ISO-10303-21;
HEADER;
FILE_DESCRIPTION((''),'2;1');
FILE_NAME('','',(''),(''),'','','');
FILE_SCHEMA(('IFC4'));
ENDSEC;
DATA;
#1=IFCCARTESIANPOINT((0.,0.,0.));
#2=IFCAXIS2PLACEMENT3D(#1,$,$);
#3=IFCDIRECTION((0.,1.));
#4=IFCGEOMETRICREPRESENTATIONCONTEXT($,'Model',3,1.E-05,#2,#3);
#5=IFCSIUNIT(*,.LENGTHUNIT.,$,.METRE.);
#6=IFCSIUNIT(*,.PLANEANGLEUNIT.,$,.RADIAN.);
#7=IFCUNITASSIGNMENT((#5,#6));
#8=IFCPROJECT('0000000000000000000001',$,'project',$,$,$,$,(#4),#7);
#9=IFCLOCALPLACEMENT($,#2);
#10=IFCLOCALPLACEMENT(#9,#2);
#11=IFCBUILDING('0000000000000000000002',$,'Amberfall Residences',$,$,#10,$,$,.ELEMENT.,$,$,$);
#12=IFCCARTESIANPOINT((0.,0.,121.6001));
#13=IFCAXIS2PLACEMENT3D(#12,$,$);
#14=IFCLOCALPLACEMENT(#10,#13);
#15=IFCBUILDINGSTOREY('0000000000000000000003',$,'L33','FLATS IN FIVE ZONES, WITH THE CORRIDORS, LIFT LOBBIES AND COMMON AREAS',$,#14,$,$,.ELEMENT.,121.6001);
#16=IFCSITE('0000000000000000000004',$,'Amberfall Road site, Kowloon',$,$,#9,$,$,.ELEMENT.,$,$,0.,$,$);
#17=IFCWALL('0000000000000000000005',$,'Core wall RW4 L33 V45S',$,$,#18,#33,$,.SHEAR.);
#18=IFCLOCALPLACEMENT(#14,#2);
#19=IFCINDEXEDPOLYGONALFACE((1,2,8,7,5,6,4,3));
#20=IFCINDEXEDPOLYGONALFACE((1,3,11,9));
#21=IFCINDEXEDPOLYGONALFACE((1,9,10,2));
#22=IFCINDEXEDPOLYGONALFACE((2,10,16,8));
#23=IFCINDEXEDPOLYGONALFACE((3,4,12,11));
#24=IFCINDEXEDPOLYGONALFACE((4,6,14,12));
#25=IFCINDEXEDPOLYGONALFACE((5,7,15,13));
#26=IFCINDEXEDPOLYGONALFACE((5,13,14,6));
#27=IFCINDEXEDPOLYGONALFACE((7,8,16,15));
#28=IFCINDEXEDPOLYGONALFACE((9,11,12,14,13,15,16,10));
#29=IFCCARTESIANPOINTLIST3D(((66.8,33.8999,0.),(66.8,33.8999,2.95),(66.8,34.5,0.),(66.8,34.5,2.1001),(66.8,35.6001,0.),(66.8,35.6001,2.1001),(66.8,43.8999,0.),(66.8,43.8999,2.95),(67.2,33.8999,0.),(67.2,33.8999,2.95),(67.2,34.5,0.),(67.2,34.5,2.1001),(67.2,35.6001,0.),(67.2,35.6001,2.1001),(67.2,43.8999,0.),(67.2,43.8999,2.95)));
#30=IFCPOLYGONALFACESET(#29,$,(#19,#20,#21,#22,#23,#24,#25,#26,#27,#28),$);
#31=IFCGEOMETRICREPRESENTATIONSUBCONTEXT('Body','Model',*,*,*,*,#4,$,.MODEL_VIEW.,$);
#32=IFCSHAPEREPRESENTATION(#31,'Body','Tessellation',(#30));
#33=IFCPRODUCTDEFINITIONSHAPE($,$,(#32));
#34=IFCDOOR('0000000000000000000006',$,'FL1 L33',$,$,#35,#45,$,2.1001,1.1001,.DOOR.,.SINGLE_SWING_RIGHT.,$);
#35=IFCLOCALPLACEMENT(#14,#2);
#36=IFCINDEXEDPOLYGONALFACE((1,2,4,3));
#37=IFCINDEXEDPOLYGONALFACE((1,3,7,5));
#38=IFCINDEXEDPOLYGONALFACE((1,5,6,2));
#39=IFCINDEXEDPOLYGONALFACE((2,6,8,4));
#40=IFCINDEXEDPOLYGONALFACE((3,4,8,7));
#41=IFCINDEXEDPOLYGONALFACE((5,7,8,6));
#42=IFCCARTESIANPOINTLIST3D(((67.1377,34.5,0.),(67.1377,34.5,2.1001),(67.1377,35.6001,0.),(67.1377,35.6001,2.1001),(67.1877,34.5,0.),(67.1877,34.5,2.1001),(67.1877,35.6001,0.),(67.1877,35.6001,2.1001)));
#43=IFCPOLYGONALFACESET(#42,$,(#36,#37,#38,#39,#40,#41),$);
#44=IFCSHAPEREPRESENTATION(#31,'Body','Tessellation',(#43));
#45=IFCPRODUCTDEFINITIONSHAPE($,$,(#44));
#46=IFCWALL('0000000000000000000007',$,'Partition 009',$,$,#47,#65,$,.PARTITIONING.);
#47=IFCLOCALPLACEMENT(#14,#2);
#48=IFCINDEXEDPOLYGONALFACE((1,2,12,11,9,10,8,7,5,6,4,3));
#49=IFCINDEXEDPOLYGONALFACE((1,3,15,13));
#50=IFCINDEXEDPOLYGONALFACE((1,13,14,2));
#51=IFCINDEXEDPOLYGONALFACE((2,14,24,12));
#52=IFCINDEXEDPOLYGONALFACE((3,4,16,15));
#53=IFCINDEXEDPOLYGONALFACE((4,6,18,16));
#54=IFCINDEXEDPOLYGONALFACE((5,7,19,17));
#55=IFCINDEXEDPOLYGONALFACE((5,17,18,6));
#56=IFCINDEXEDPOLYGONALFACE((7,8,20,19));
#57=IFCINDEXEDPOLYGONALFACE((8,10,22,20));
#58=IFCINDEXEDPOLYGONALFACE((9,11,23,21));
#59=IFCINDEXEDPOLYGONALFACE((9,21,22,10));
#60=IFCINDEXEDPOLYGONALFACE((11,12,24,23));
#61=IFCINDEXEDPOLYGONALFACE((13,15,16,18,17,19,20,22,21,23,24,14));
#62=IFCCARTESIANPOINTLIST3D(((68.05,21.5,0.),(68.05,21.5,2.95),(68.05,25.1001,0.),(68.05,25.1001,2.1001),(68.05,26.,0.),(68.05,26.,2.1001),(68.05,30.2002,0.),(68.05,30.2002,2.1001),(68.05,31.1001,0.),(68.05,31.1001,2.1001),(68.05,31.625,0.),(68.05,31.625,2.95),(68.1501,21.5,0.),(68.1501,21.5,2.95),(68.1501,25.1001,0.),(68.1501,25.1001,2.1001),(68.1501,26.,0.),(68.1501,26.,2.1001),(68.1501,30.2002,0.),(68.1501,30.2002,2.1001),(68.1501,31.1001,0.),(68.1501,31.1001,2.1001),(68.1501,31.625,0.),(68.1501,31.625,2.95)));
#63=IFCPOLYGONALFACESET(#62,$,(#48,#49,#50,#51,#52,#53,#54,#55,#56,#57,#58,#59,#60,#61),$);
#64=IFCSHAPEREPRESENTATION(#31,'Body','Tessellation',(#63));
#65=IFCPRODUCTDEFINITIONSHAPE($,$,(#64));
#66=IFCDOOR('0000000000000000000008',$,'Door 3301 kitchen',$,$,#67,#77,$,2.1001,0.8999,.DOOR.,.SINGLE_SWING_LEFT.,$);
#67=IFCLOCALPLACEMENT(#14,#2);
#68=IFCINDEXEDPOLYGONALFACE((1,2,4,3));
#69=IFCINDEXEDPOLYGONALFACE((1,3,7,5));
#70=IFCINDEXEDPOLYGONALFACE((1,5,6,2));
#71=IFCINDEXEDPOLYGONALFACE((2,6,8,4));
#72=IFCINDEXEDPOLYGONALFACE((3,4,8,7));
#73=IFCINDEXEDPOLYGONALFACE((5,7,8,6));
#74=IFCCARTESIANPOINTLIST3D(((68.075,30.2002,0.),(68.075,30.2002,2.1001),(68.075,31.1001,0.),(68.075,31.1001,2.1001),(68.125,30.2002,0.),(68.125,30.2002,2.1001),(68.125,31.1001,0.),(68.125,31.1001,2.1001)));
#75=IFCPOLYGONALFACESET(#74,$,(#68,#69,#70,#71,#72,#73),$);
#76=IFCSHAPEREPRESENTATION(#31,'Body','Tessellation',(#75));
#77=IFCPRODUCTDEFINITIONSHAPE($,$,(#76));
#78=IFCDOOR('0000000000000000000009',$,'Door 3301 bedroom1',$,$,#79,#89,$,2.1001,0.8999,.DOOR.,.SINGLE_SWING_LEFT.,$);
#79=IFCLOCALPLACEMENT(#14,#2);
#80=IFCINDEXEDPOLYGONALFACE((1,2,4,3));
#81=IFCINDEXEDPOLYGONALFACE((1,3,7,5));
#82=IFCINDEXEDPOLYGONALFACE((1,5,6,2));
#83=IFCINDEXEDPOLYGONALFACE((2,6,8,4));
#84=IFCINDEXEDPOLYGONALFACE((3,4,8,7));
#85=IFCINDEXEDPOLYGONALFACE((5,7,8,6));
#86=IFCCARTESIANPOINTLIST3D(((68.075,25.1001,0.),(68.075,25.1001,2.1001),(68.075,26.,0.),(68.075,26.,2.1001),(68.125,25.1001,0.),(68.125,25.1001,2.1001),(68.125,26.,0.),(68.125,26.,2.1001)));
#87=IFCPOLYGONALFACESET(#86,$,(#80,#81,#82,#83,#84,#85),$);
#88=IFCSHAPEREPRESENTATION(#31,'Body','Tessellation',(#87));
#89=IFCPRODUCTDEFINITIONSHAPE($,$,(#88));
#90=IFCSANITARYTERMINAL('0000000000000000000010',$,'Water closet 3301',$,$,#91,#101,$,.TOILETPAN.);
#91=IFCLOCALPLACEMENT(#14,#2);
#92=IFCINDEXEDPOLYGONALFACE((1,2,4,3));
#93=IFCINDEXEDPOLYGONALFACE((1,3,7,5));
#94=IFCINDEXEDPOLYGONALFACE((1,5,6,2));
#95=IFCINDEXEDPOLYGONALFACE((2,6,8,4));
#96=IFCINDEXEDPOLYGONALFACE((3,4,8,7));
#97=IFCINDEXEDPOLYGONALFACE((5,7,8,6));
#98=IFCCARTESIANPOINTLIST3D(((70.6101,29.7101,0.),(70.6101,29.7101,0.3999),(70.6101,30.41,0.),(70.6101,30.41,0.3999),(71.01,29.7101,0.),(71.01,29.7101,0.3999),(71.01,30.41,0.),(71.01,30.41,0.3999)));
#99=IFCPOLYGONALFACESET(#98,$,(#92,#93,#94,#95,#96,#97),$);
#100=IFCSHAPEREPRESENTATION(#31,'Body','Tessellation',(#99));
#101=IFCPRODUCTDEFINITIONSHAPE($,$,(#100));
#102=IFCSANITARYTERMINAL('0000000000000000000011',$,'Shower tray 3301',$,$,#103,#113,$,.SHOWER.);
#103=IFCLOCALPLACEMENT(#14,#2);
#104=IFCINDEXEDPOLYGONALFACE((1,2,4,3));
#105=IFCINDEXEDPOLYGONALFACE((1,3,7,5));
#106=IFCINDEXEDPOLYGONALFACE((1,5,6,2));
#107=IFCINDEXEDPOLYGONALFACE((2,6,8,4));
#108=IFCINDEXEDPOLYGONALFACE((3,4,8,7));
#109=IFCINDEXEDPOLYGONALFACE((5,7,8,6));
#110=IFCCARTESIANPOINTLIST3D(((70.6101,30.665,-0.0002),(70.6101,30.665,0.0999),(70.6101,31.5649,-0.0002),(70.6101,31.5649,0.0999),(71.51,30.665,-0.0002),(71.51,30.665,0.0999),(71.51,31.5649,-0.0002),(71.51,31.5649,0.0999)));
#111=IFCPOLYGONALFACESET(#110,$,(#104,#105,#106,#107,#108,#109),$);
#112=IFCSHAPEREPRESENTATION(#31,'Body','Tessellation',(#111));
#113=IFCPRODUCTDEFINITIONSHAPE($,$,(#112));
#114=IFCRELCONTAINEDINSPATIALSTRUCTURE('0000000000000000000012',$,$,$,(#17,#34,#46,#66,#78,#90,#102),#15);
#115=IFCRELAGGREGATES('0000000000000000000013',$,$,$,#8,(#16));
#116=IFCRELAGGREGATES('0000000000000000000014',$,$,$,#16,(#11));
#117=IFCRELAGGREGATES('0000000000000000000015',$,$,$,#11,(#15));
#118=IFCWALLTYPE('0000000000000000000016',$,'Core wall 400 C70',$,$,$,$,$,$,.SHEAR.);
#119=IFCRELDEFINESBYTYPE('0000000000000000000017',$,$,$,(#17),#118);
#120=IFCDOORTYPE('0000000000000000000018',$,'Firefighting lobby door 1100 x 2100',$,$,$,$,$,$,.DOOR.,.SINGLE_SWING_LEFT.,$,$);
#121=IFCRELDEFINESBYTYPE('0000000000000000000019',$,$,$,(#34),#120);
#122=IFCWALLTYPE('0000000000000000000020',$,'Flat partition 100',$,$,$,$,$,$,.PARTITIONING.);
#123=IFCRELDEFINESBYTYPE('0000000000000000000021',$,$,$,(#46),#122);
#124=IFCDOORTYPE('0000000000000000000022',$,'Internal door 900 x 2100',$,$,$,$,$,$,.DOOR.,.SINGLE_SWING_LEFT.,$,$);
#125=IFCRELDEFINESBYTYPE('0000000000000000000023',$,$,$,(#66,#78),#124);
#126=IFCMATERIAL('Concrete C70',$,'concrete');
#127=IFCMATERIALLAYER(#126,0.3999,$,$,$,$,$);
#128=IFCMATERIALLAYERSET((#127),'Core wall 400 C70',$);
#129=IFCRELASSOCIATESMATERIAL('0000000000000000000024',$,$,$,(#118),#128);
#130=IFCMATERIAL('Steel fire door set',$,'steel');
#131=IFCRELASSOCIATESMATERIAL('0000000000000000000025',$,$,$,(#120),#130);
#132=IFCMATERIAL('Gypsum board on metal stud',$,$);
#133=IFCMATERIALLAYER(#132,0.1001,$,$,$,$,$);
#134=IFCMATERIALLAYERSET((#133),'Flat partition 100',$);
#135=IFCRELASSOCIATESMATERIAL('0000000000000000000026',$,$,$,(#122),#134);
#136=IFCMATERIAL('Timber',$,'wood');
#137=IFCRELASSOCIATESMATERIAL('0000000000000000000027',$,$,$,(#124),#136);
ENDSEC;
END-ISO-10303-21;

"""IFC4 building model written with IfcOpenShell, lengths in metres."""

from ifc_helpers import new_model, si_unit, direction, frame, frame_2d, origin, origin_2d, place, context, subcontext, project, spatial, rectangle, extrude, material, layer, layer_set, type_object, element, fill, save


model = new_model("IFC4")

# Units and contexts
model_context = context("Model", 3, precision=1e-05, world=origin(), true_north=direction((0.0, 1.0)))
body_context = subcontext(model_context, "Body", "Model", "MODEL_VIEW")
ifc_project = project(units=[si_unit("LENGTHUNIT", "METRE"), si_unit("PLANEANGLEUNIT", "RADIAN")], contexts=[model_context])

# Site, building, storey
site_placement = place(None, origin())
site = spatial("IfcSite", under=ifc_project, at=site_placement, Name="Amberfall Road site, Kowloon", CompositionType="ELEMENT", RefElevation=0.0)
building_placement = place(site_placement, origin())
building = spatial("IfcBuilding", under=site, at=building_placement, Name="Amberfall Residences", CompositionType="ELEMENT")
storey_placement = place(building_placement, frame((0.0, 0.0, 121.6001)))
storey = spatial("IfcBuildingStorey", under=building, at=storey_placement, Name="L33", Description="FLATS IN FIVE ZONES, WITH THE CORRIDORS, LIFT LOBBIES AND COMMON AREAS", CompositionType="ELEMENT", Elevation=121.6001)

# Wall, opening, door
ifc_material_1 = material(Name="Concrete C70", Category="concrete")
ifc_layer_1 = layer(ifc_material_1, 0.3999)
ifc_layer_set_1 = layer_set([ifc_layer_1], Name="Core wall 400 C70")
wall_type_1 = type_object("IfcWallType", Name="Core wall 400 C70", PredefinedType="SHEAR", material=ifc_layer_set_1)
wall_1_placement = place(storey_placement, frame((67.0, 33.8999, 0.0), z_axis=(0.0, 0.0, 1.0), x_axis=(0.0, 1.0, 0.0)))
wall_1 = element("IfcWall", 1, at=wall_1_placement, inside=storey, type_object=wall_type_1, Name="Core wall RW4 L33 V45S", PredefinedType="SHEAR", context=body_context, shape_type="SweptSolid", body=[
    extrude(rectangle(XDim=10.0, YDim=0.3999, at=frame_2d((5.0, 0.0))), origin(), (0.0, 0.0, 1.0), 2.95),
])
opening_1_placement = place(wall_1_placement, frame((0.6001, 0.0, 0.0)))
opening_1 = element("IfcOpeningElement", 2, at=opening_1_placement, cuts=wall_1, PredefinedType="OPENING", context=body_context, shape_type="SweptSolid", body=[
    extrude(rectangle(XDim=1.1001, YDim=2.1001, at=frame_2d((0.55, 1.05))), frame((0.0, 0.21, 0.0), z_axis=(0.0, -1.0, 0.0), x_axis=(1.0, 0.0, 0.0)), (0.0, 0.0, 1.0), 0.4199),
])
ifc_material_2 = material(Name="Steel fire door set", Category="steel")
door_type_1 = type_object("IfcDoorType", Name="Firefighting lobby door 1100 x 2100", OperationType="SINGLE_SWING_LEFT", PredefinedType="DOOR", material=ifc_material_2)
door_1_placement = place(opening_1_placement, origin())
door_1 = element("IfcDoor", 3, at=door_1_placement, inside=storey, type_object=door_type_1, Name="FL1 L33", OperationType="SINGLE_SWING_RIGHT", OverallHeight=2.1001, OverallWidth=1.1001, PredefinedType="DOOR", context=body_context, shape_type="SweptSolid", body=[
    extrude(rectangle(XDim=1.1001, YDim=2.1001, at=frame_2d((0.55, 1.05))), frame((0.0, -0.1377, 0.0), z_axis=(0.0, -1.0, 0.0), x_axis=(1.0, 0.0, 0.0)), (0.0, 0.0, 1.0), 0.05),
])
fill(opening_1, door_1)

# Wall, openings, doors
ifc_material_3 = material(Name="Gypsum board on metal stud")
ifc_layer_2 = layer(ifc_material_3, 0.1001)
ifc_layer_set_2 = layer_set([ifc_layer_2], Name="Flat partition 100")
wall_type_2 = type_object("IfcWallType", Name="Flat partition 100", PredefinedType="PARTITIONING", material=ifc_layer_set_2)
wall_2_placement = place(storey_placement, frame((68.1001, 31.625, 0.0), z_axis=(0.0, 0.0, 1.0), x_axis=(0.0, -1.0, 0.0)))
wall_2 = element("IfcWall", 4, at=wall_2_placement, inside=storey, type_object=wall_type_2, Name="Partition 009", PredefinedType="PARTITIONING", context=body_context, shape_type="SweptSolid", body=[
    extrude(rectangle(XDim=10.125, YDim=0.1001, at=frame_2d((5.0625, 0.0))), origin(), (0.0, 0.0, 1.0), 2.95),
])
opening_2_placement = place(wall_2_placement, frame((0.5249, 0.0, 0.0)))
opening_2 = element("IfcOpeningElement", 5, at=opening_2_placement, cuts=wall_2, PredefinedType="OPENING", context=body_context, shape_type="SweptSolid", body=[
    extrude(rectangle(XDim=0.8999, YDim=2.1001, at=frame_2d((0.45, 1.05))), frame((0.0, 0.0601, 0.0), z_axis=(0.0, -1.0, 0.0), x_axis=(1.0, 0.0, 0.0)), (0.0, 0.0, 1.0), 0.1201),
])
opening_3_placement = place(wall_2_placement, frame((5.625, 0.0, 0.0)))
opening_3 = element("IfcOpeningElement", 6, at=opening_3_placement, cuts=wall_2, PredefinedType="OPENING", context=body_context, shape_type="SweptSolid", body=[
    extrude(rectangle(XDim=0.8999, YDim=2.1001, at=frame_2d((0.45, 1.05))), frame((0.0, 0.0601, 0.0), z_axis=(0.0, -1.0, 0.0), x_axis=(1.0, 0.0, 0.0)), (0.0, 0.0, 1.0), 0.1201),
])
ifc_material_4 = material(Name="Timber", Category="wood")
door_type_2 = type_object("IfcDoorType", Name="Internal door 900 x 2100", OperationType="SINGLE_SWING_LEFT", PredefinedType="DOOR", material=ifc_material_4)
door_2_placement = place(opening_2_placement, origin())
door_2 = element("IfcDoor", 7, at=door_2_placement, inside=storey, type_object=door_type_2, Name="Door 3301 kitchen", OperationType="SINGLE_SWING_LEFT", OverallHeight=2.1001, OverallWidth=0.8999, PredefinedType="DOOR", context=body_context, shape_type="SweptSolid", body=[
    extrude(rectangle(XDim=0.8999, YDim=2.1001, at=frame_2d((0.45, 1.05))), frame((0.0, 0.0249, 0.0), z_axis=(0.0, -1.0, 0.0), x_axis=(1.0, 0.0, 0.0)), (0.0, 0.0, 1.0), 0.05),
])
fill(opening_2, door_2)
door_3_placement = place(opening_3_placement, origin())
door_3 = element("IfcDoor", 8, at=door_3_placement, inside=storey, type_object=door_type_2, Name="Door 3301 bedroom1", OperationType="SINGLE_SWING_LEFT", OverallHeight=2.1001, OverallWidth=0.8999, PredefinedType="DOOR", context=body_context, shape_type="SweptSolid", body=[
    extrude(rectangle(XDim=0.8999, YDim=2.1001, at=frame_2d((0.45, 1.05))), frame((0.0, 0.0249, 0.0), z_axis=(0.0, -1.0, 0.0), x_axis=(1.0, 0.0, 0.0)), (0.0, 0.0, 1.0), 0.05),
])
fill(opening_3, door_3)

# Sanitary terminals
sanitary_terminal_1_placement = place(storey_placement, frame((70.8101, 30.0601, 0.0), z_axis=(0.0, 0.0, 1.0), x_axis=(1.0, 0.0, 0.0)))
element("IfcSanitaryTerminal", 9, at=sanitary_terminal_1_placement, inside=storey, Name="Water closet 3301", PredefinedType="TOILETPAN", context=body_context, shape_type="SweptSolid", body=[
    extrude(rectangle(XDim=0.3999, YDim=0.7, at=origin_2d()), origin(), (0.0, 0.0, 1.0), 0.3999),
])
sanitary_terminal_2_placement = place(storey_placement, frame((71.0601, 31.115, -0.0002), z_axis=(0.0, 0.0, 1.0), x_axis=(1.0, 0.0, 0.0)))
element("IfcSanitaryTerminal", 10, at=sanitary_terminal_2_placement, inside=storey, Name="Shower tray 3301", PredefinedType="SHOWER", context=body_context, shape_type="SweptSolid", body=[
    extrude(rectangle(XDim=0.8999, YDim=0.8999, at=origin_2d()), origin(), (0.0, 0.0, 1.0), 0.1001),
])

save(model, "model.ifc")
